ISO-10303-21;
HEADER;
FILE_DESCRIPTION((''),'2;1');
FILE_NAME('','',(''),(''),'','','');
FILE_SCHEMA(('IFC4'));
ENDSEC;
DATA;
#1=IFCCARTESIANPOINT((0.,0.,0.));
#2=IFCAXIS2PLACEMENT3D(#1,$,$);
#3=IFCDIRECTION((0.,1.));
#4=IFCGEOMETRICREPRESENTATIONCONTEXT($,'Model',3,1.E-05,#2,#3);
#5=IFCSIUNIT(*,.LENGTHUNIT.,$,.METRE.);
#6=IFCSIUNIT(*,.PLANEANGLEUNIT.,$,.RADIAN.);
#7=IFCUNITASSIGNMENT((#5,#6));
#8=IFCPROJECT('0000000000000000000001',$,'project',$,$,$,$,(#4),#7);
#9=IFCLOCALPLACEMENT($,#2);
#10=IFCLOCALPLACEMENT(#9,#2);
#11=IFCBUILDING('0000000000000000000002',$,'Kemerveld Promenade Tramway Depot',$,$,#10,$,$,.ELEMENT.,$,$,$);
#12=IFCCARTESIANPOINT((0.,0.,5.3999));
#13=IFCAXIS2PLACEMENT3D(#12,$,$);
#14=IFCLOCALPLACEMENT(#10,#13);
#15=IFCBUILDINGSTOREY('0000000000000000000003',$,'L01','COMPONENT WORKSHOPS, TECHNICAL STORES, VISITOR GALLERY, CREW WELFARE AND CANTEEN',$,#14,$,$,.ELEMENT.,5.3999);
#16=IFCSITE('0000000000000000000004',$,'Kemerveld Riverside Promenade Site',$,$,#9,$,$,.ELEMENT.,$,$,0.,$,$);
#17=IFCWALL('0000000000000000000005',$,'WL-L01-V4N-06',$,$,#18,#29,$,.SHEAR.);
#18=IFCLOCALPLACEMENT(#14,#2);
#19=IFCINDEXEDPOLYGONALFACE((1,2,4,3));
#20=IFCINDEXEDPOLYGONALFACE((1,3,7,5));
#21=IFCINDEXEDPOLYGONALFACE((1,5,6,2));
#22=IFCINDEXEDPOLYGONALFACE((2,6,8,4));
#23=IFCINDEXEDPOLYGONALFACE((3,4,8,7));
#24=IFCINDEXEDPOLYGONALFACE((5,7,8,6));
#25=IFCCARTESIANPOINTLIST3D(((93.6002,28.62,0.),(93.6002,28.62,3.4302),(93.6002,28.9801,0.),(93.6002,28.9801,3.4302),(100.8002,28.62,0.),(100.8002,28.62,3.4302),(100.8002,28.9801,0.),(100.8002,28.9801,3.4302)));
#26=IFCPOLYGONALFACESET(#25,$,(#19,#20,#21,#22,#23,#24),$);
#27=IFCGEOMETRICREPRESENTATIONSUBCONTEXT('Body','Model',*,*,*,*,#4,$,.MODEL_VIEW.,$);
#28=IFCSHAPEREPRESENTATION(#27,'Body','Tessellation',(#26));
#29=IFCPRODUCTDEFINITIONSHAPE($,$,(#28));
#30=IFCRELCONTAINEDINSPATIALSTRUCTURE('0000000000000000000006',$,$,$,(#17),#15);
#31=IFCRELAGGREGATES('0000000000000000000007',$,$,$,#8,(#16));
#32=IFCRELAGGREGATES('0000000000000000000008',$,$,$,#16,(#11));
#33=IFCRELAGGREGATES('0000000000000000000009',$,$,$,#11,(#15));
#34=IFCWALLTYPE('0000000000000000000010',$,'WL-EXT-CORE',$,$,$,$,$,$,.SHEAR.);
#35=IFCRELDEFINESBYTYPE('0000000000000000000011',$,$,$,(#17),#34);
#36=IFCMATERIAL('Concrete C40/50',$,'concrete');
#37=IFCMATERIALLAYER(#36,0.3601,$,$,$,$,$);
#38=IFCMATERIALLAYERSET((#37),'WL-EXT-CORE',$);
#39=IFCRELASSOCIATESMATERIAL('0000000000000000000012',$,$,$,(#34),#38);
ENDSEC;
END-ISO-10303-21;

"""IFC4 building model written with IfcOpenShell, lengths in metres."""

from ifc_helpers import new_model, si_unit, direction, frame, frame_2d, origin, place, context, subcontext, project, spatial, rectangle, extrude, material, layer, layer_set, type_object, element, save


model = new_model("IFC4")

# Units and contexts
model_context = context("Model", 3, precision=1e-05, world=origin(), true_north=direction((0.0, 1.0)))
body_context = subcontext(model_context, "Body", "Model", "MODEL_VIEW")
ifc_project = project(units=[si_unit("LENGTHUNIT", "METRE"), si_unit("PLANEANGLEUNIT", "RADIAN")], contexts=[model_context])

# Site, building, storey
site_placement = place(None, origin())
site = spatial("IfcSite", under=ifc_project, at=site_placement, Name="Kemerveld Riverside Promenade Site", CompositionType="ELEMENT", RefElevation=0.0)
building_placement = place(site_placement, origin())
building = spatial("IfcBuilding", under=site, at=building_placement, Name="Kemerveld Promenade Tramway Depot", CompositionType="ELEMENT")
storey_placement = place(building_placement, frame((0.0, 0.0, 5.3999)))
storey = spatial("IfcBuildingStorey", under=building, at=storey_placement, Name="L01", Description="COMPONENT WORKSHOPS, TECHNICAL STORES, VISITOR GALLERY, CREW WELFARE AND CANTEEN", CompositionType="ELEMENT", Elevation=5.3999)

# Shared definitions
ifc_material_1 = material(Name="Concrete C40/50", Category="concrete")

# Wall
ifc_layer_1 = layer(ifc_material_1, 0.3601)
ifc_layer_set_1 = layer_set([ifc_layer_1], Name="WL-EXT-CORE")
wall_type_1 = type_object("IfcWallType", Name="WL-EXT-CORE", PredefinedType="SHEAR", material=ifc_layer_set_1)
wall_1_placement = place(storey_placement, frame((93.6001, 28.8, 0.0), z_axis=(0.0, 0.0, 1.0), x_axis=(1.0, 0.0, 0.0)))
element("IfcWall", 1, at=wall_1_placement, inside=storey, type_object=wall_type_1, Name="WL-L01-V4N-06", PredefinedType="SHEAR", context=body_context, shape_type="SweptSolid", body=[
    extrude(rectangle(XDim=7.2, YDim=0.3601, at=frame_2d((3.6001, 0.0))), origin(), (0.0, 0.0, 1.0), 3.4302),
])

save(model, "model.ifc")
